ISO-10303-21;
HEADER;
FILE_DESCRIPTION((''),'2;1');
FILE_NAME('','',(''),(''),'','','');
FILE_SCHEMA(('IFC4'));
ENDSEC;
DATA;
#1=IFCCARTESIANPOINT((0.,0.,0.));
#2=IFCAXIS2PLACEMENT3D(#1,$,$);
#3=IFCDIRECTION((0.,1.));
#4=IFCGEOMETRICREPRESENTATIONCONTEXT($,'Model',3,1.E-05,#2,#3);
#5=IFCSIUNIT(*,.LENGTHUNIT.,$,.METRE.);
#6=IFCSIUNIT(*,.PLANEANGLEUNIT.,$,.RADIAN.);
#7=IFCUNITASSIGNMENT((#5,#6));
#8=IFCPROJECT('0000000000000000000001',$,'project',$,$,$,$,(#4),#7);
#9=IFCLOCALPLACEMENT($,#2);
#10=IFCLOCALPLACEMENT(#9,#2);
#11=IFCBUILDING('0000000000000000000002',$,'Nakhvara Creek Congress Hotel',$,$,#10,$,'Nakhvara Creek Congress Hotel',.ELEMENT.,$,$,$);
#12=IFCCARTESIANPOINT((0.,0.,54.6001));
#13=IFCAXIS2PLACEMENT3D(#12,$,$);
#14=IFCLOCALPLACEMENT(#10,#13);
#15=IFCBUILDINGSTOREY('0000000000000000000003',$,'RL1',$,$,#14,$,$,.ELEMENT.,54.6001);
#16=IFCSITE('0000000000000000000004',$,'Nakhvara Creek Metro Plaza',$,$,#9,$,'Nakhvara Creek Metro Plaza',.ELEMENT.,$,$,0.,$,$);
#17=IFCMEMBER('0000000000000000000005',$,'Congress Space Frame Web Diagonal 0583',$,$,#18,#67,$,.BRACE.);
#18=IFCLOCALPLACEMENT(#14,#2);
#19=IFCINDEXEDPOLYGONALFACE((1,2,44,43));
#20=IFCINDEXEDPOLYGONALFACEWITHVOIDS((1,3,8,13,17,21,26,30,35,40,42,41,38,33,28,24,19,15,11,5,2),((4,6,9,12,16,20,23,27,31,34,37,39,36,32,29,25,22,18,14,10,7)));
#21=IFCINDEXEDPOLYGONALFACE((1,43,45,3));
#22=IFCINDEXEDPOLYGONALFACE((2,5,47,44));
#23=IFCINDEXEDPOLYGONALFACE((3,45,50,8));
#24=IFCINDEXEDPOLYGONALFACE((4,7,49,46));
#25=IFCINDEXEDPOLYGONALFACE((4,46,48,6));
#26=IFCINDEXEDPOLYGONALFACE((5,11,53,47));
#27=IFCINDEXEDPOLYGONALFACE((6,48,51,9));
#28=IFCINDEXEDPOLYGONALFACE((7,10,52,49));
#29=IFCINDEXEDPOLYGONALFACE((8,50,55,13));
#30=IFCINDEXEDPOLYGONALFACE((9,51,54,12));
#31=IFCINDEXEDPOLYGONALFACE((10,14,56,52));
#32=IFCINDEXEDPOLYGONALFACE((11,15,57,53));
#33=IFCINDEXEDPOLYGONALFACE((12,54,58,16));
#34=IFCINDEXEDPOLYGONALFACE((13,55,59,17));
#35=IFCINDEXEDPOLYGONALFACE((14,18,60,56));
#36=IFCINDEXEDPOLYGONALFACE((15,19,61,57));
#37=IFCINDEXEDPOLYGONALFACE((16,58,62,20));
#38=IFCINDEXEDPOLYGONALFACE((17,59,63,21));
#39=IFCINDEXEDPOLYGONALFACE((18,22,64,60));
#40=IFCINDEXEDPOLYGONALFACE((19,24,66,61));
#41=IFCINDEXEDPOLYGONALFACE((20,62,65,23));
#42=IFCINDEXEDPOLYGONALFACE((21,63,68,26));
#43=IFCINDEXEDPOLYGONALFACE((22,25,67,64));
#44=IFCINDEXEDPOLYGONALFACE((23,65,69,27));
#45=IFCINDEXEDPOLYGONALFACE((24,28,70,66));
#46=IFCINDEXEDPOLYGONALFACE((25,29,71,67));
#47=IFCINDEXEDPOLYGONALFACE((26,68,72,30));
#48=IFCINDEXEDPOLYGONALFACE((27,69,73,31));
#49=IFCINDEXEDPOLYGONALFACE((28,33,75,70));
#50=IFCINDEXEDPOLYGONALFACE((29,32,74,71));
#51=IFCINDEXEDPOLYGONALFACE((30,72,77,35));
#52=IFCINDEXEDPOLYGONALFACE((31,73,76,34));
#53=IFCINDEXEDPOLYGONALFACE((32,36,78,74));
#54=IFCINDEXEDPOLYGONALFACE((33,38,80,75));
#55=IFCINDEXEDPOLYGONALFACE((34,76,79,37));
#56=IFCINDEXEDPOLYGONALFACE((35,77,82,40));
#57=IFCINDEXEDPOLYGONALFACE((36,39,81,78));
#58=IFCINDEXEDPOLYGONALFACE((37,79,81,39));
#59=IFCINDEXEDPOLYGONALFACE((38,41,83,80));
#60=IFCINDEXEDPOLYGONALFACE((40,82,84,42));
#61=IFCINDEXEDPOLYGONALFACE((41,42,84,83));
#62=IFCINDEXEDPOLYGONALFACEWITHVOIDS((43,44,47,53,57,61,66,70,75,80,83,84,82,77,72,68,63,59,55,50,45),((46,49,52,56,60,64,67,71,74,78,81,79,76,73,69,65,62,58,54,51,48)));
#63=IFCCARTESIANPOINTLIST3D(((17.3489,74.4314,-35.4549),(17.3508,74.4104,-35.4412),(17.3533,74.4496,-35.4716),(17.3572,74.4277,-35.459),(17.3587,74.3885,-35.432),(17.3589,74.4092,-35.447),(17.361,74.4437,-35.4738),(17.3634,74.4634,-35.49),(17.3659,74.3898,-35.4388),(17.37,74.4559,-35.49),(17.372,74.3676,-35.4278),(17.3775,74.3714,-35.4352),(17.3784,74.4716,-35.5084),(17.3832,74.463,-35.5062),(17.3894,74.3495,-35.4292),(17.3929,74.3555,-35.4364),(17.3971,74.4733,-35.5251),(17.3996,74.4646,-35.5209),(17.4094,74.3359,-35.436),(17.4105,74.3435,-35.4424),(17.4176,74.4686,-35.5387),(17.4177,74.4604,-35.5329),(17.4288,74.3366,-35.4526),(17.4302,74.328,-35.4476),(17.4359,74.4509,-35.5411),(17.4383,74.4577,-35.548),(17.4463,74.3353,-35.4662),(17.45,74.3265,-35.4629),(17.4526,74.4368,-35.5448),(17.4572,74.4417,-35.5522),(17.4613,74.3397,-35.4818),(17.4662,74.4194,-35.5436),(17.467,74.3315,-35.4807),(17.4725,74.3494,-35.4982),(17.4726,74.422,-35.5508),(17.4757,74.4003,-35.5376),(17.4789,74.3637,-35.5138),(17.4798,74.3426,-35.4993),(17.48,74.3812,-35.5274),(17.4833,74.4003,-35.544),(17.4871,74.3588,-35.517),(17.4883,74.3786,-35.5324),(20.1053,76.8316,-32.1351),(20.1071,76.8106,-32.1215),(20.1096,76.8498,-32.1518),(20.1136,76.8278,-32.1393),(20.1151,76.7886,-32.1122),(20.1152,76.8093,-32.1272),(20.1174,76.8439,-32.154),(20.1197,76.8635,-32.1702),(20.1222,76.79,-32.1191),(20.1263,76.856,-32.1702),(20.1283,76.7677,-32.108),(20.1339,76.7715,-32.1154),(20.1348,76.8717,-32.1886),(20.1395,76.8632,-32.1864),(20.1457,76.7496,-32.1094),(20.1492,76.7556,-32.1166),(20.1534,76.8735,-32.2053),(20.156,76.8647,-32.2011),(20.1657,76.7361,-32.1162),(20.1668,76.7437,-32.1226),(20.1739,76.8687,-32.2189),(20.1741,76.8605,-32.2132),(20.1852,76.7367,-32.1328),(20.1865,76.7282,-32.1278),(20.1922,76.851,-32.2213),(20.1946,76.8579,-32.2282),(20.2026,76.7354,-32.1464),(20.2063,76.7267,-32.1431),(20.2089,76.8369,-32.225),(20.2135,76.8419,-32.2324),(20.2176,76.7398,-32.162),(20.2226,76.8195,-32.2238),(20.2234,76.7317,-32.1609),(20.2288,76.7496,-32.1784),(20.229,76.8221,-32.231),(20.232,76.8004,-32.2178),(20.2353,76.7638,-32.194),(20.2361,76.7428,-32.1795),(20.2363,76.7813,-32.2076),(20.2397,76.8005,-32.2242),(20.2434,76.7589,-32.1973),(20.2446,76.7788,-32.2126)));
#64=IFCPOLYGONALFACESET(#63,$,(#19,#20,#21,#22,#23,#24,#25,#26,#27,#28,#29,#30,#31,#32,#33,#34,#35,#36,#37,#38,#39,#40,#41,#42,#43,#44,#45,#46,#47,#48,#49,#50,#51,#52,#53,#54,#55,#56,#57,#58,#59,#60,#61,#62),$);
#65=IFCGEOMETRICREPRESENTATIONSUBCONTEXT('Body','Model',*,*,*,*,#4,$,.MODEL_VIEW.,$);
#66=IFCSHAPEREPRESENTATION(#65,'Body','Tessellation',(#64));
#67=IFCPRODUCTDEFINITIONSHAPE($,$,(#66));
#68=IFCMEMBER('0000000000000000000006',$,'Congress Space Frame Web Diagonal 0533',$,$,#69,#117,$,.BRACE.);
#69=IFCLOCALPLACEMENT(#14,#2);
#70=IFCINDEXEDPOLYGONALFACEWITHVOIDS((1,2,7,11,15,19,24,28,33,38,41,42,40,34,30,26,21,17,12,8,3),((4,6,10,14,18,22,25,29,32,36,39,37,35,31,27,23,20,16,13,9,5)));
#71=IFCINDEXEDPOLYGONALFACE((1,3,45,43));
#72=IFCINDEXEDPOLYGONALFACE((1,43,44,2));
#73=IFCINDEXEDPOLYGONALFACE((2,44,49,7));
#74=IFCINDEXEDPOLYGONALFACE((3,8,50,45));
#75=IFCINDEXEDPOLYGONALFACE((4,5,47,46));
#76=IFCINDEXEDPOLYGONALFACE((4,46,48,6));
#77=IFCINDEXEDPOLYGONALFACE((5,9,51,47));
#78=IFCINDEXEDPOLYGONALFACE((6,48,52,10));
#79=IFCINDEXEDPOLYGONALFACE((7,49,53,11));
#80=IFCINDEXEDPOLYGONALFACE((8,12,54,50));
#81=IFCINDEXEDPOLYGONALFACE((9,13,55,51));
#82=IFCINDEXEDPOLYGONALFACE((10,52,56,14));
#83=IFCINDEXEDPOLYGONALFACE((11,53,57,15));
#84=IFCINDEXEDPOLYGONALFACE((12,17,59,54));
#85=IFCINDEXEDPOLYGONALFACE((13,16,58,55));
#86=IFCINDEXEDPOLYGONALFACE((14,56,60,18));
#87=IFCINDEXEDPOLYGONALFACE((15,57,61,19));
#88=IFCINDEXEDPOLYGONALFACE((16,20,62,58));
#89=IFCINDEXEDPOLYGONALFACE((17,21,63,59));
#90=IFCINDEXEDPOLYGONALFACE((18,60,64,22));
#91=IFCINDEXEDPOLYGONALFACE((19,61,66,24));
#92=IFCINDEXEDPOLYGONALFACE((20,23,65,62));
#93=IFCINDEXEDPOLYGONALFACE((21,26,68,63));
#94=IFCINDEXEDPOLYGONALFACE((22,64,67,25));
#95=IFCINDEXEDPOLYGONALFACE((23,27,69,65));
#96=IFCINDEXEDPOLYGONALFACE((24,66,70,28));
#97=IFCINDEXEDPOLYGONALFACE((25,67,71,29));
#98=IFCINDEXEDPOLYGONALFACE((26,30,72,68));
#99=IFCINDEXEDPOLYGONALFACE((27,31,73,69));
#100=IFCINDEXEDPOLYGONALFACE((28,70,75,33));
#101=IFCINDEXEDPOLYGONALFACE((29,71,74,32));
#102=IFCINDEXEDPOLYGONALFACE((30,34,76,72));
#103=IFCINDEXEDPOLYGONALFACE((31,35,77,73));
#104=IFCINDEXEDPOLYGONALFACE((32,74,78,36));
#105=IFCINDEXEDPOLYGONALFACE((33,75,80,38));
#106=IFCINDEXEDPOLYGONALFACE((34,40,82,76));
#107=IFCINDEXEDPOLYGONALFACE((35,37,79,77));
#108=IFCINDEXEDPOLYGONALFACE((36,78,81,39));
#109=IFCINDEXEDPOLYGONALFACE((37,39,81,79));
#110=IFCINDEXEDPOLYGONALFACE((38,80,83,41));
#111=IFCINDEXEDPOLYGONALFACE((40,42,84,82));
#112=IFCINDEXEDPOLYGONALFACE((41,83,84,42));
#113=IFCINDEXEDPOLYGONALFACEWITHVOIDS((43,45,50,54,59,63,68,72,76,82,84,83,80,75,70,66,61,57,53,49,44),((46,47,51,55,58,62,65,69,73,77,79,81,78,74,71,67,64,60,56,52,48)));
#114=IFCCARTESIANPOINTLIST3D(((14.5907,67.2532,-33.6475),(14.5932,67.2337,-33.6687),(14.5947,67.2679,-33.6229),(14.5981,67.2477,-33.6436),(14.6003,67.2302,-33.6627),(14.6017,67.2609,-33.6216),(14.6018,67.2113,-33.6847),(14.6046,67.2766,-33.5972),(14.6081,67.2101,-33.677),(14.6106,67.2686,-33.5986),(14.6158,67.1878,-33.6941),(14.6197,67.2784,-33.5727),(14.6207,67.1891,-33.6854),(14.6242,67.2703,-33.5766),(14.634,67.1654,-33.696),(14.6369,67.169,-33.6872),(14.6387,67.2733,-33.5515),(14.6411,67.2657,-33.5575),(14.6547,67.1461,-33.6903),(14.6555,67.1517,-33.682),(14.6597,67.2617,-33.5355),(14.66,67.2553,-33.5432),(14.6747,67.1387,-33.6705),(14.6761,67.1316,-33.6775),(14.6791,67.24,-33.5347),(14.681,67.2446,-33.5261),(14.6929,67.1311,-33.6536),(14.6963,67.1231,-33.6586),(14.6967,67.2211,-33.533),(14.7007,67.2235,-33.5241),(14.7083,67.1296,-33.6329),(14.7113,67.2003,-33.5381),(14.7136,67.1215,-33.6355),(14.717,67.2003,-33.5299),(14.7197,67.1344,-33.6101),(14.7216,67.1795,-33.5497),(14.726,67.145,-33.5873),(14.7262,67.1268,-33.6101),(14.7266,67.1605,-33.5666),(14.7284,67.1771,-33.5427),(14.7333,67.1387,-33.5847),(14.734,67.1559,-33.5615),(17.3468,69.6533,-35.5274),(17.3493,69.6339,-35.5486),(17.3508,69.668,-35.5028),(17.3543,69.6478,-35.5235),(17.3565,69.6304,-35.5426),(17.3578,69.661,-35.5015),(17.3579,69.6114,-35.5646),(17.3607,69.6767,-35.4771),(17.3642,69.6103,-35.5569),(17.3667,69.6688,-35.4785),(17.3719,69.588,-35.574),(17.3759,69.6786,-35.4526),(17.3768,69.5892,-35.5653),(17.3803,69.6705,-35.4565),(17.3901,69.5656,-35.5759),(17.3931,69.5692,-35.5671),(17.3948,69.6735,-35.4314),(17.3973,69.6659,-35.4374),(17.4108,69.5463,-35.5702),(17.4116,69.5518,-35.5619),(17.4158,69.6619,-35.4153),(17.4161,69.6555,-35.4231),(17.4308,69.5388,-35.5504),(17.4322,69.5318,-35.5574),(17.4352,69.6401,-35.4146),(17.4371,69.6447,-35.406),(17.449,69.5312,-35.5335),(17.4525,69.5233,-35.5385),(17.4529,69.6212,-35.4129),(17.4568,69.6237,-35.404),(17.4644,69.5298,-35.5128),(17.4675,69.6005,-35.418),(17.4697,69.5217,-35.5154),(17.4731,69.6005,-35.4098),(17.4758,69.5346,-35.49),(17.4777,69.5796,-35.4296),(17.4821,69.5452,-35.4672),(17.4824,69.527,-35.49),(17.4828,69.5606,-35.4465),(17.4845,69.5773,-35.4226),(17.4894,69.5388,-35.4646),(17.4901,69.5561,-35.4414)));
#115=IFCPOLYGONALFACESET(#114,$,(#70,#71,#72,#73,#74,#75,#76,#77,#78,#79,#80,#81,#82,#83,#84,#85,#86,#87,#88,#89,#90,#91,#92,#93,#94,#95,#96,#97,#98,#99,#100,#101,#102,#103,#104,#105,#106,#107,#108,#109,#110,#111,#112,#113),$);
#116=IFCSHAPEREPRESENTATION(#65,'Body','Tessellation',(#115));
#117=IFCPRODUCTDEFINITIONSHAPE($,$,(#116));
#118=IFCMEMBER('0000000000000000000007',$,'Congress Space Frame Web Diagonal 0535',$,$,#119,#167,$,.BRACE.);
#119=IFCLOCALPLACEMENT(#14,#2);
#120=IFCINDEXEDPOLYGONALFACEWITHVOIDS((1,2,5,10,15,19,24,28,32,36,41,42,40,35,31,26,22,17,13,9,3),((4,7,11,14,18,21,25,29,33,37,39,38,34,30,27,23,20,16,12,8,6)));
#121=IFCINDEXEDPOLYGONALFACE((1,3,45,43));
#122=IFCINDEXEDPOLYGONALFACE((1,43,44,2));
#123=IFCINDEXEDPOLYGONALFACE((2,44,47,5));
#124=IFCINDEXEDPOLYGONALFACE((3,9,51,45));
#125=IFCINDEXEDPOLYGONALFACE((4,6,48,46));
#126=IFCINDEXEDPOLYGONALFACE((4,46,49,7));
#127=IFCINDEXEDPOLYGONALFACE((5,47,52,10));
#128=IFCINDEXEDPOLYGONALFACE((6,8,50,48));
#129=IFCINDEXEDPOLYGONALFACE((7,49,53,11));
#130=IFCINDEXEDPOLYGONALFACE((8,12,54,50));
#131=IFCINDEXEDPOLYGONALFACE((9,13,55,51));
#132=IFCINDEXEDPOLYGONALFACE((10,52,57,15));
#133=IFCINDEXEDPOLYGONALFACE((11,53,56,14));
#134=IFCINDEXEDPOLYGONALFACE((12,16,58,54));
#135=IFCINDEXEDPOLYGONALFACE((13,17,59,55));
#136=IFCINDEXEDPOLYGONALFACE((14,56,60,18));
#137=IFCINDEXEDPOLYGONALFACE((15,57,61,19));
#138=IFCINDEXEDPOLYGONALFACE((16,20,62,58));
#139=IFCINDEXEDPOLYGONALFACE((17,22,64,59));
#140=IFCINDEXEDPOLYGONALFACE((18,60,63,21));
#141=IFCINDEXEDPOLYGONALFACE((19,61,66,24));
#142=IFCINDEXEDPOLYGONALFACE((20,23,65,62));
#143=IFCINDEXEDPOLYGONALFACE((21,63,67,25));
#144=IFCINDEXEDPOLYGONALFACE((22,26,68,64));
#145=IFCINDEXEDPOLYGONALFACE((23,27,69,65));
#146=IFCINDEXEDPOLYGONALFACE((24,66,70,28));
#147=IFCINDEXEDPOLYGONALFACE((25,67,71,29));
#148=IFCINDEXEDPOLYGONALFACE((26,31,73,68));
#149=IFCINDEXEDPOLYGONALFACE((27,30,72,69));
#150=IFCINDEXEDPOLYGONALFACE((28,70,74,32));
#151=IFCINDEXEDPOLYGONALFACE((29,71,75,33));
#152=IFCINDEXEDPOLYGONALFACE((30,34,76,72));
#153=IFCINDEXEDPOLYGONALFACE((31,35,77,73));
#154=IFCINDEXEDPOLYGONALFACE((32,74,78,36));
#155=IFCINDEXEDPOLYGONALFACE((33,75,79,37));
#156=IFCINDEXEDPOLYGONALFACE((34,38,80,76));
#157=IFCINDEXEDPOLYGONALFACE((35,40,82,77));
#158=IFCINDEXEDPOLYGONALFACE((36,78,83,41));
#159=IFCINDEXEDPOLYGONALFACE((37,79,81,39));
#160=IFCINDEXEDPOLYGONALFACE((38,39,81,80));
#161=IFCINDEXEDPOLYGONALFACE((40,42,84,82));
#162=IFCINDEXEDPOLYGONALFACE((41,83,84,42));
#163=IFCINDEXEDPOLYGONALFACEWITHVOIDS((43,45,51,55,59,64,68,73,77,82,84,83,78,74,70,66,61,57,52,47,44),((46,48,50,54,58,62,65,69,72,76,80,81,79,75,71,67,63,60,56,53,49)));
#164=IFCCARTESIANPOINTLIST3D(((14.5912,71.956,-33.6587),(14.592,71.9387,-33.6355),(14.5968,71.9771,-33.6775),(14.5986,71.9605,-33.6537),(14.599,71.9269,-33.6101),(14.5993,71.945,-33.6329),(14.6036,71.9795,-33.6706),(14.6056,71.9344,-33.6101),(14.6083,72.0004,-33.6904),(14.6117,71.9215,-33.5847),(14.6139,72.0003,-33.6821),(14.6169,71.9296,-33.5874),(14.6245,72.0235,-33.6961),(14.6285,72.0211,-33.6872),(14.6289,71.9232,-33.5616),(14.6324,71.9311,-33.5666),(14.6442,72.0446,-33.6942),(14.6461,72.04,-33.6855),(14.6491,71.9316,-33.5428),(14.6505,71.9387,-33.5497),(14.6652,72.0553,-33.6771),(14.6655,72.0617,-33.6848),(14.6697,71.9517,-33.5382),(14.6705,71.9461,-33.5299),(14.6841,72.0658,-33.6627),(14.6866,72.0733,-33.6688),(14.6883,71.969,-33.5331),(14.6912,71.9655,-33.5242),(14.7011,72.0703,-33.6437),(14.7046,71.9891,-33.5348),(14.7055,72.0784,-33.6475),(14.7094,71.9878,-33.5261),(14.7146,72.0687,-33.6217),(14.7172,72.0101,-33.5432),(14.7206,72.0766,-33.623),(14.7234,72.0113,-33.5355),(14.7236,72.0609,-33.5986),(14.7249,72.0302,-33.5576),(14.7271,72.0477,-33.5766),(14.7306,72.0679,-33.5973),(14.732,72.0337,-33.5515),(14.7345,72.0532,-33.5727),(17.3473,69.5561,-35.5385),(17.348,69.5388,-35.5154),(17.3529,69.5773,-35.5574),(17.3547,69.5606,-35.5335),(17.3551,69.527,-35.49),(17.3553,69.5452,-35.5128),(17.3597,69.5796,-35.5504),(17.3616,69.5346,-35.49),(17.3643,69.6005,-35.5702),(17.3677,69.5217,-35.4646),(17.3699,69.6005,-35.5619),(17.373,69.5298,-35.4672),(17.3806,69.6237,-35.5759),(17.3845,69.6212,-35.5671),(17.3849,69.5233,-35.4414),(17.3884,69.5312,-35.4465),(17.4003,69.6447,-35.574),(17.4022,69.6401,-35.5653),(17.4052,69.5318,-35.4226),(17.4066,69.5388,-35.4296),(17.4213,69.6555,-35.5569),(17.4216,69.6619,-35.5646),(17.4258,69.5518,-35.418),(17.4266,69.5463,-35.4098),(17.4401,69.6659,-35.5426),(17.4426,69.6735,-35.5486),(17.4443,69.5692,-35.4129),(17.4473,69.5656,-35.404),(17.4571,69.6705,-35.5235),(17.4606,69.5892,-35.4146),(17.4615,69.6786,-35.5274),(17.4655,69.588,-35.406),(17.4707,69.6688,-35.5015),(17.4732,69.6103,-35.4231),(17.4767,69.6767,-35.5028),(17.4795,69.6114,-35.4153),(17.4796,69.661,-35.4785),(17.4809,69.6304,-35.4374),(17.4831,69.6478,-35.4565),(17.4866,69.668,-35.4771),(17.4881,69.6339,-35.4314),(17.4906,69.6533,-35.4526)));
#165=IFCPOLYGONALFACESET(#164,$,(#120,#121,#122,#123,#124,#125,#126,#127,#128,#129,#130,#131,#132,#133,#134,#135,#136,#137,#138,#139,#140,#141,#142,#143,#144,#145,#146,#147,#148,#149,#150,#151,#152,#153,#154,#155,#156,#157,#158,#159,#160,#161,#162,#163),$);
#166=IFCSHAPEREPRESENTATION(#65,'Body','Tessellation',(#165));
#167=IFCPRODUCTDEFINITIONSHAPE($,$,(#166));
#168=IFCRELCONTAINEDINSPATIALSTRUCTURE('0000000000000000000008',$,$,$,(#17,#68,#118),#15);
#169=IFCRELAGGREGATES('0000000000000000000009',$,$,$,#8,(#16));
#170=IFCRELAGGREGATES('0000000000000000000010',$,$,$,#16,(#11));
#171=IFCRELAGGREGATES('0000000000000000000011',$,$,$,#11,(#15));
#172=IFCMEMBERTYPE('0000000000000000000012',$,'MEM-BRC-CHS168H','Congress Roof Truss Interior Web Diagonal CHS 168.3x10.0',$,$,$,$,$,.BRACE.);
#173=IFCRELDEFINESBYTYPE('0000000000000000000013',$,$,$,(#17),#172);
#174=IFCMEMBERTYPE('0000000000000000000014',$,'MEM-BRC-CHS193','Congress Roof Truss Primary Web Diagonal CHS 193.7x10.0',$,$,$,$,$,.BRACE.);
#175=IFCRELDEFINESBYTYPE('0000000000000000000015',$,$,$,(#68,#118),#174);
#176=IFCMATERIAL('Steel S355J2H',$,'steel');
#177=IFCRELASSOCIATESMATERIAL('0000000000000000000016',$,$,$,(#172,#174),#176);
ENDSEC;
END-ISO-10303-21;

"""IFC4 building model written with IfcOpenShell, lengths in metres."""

from ifc_helpers import new_model, si_unit, direction, frame, origin, origin_2d, place, context, subcontext, project, spatial, hollow_circle, extrude, material, material_profile, profile_set, type_object, element, save


model = new_model("IFC4")

# Units and contexts
model_context = context("Model", 3, precision=1e-05, world=origin(), true_north=direction((0.0, 1.0)))
body_context = subcontext(model_context, "Body", "Model", "MODEL_VIEW")
ifc_project = project(units=[si_unit("LENGTHUNIT", "METRE"), si_unit("PLANEANGLEUNIT", "RADIAN")], contexts=[model_context])

# Site, building, storey
site_placement = place(None, origin())
site = spatial("IfcSite", under=ifc_project, at=site_placement, Name="Nakhvara Creek Metro Plaza", LongName="Nakhvara Creek Metro Plaza", CompositionType="ELEMENT", RefElevation=0.0)
building_placement = place(site_placement, origin())
building = spatial("IfcBuilding", under=site, at=building_placement, Name="Nakhvara Creek Congress Hotel", LongName="Nakhvara Creek Congress Hotel", CompositionType="ELEMENT")
storey_placement = place(building_placement, frame((0.0, 0.0, 54.6001)))
storey = spatial("IfcBuildingStorey", under=building, at=storey_placement, Name="RL1", CompositionType="ELEMENT", Elevation=54.6001)

# Members
ifc_material_1 = material(Name="Steel S355J2H", Category="steel")
ifc_material_profile_1 = material_profile(ifc_material_1, hollow_circle(Radius=0.0842, WallThickness=0.01, at=origin_2d()), Name="CHS 168.3x10.0", Category="LoadBearing")
ifc_profile_set_1 = profile_set([ifc_material_profile_1], Name="Steel S355J2H")
member_type_1 = type_object("IfcMemberType", Name="MEM-BRC-CHS168H", Description="Congress Roof Truss Interior Web Diagonal CHS 168.3x10.0", PredefinedType="BRACE", material=ifc_profile_set_1)
for number, where, z_axis, x_axis, name in (
    (1, (17.4187, 74.3999, -35.49), (0.558242, 0.486101, 0.672363), (-0.656696, 0.754155, 0.0), "Congress Space Frame Web Diagonal 0583"),
):
    element("IfcMember", number, at=place(storey_placement, frame(where, z_axis=z_axis, x_axis=x_axis)), inside=storey, type_object=member_type_1, Name=name, PredefinedType="BRACE", context=body_context, shape_type="SweptSolid", body=[
        extrude(hollow_circle(Radius=0.0842, WallThickness=0.01, at=origin_2d()), origin(), (0.0, 0.0, 1.0), 4.9375),
    ])
ifc_material_profile_2 = material_profile(ifc_material_1, hollow_circle(Radius=0.0969, WallThickness=0.01, at=origin_2d()), Name="CHS 193.7x10.0", Category="LoadBearing")
ifc_profile_set_2 = profile_set([ifc_material_profile_2], Name="Steel S355J2H")
member_type_2 = type_object("IfcMemberType", Name="MEM-BRC-CHS193", Description="Congress Roof Truss Primary Web Diagonal CHS 193.7x10.0", PredefinedType="BRACE", material=ifc_profile_set_2)
member_1_placement = place(storey_placement, frame((17.4187, 69.6001, -35.49), z_axis=(-0.670611, -0.584, 0.45741), x_axis=(0.656729, -0.754126, 0.0)))
element("IfcMember", 2, at=member_1_placement, inside=storey, type_object=member_type_2, Name="Congress Space Frame Web Diagonal 0533", PredefinedType="BRACE", context=body_context, shape_type="SweptSolid", body=[
    extrude(hollow_circle(Radius=0.0969, WallThickness=0.01, at=origin_2d()), origin(), (0.0, 0.0, 1.0), 4.1099),
])
for number, where, z_axis, x_axis, name in (
    (3, (17.4187, 69.6001, -35.49), (-0.670634, 0.583961, 0.457426), (-0.656691, -0.75416, 0.0), "Congress Space Frame Web Diagonal 0535"),
):
    element("IfcMember", number, at=place(storey_placement, frame(where, z_axis=z_axis, x_axis=x_axis)), inside=storey, type_object=member_type_2, Name=name, PredefinedType="BRACE", context=body_context, shape_type="SweptSolid", body=[
        extrude(hollow_circle(Radius=0.0969, WallThickness=0.01, at=origin_2d()), origin(), (0.0, 0.0, 1.0), 4.1096),
    ])

save(model, "model.ifc")
